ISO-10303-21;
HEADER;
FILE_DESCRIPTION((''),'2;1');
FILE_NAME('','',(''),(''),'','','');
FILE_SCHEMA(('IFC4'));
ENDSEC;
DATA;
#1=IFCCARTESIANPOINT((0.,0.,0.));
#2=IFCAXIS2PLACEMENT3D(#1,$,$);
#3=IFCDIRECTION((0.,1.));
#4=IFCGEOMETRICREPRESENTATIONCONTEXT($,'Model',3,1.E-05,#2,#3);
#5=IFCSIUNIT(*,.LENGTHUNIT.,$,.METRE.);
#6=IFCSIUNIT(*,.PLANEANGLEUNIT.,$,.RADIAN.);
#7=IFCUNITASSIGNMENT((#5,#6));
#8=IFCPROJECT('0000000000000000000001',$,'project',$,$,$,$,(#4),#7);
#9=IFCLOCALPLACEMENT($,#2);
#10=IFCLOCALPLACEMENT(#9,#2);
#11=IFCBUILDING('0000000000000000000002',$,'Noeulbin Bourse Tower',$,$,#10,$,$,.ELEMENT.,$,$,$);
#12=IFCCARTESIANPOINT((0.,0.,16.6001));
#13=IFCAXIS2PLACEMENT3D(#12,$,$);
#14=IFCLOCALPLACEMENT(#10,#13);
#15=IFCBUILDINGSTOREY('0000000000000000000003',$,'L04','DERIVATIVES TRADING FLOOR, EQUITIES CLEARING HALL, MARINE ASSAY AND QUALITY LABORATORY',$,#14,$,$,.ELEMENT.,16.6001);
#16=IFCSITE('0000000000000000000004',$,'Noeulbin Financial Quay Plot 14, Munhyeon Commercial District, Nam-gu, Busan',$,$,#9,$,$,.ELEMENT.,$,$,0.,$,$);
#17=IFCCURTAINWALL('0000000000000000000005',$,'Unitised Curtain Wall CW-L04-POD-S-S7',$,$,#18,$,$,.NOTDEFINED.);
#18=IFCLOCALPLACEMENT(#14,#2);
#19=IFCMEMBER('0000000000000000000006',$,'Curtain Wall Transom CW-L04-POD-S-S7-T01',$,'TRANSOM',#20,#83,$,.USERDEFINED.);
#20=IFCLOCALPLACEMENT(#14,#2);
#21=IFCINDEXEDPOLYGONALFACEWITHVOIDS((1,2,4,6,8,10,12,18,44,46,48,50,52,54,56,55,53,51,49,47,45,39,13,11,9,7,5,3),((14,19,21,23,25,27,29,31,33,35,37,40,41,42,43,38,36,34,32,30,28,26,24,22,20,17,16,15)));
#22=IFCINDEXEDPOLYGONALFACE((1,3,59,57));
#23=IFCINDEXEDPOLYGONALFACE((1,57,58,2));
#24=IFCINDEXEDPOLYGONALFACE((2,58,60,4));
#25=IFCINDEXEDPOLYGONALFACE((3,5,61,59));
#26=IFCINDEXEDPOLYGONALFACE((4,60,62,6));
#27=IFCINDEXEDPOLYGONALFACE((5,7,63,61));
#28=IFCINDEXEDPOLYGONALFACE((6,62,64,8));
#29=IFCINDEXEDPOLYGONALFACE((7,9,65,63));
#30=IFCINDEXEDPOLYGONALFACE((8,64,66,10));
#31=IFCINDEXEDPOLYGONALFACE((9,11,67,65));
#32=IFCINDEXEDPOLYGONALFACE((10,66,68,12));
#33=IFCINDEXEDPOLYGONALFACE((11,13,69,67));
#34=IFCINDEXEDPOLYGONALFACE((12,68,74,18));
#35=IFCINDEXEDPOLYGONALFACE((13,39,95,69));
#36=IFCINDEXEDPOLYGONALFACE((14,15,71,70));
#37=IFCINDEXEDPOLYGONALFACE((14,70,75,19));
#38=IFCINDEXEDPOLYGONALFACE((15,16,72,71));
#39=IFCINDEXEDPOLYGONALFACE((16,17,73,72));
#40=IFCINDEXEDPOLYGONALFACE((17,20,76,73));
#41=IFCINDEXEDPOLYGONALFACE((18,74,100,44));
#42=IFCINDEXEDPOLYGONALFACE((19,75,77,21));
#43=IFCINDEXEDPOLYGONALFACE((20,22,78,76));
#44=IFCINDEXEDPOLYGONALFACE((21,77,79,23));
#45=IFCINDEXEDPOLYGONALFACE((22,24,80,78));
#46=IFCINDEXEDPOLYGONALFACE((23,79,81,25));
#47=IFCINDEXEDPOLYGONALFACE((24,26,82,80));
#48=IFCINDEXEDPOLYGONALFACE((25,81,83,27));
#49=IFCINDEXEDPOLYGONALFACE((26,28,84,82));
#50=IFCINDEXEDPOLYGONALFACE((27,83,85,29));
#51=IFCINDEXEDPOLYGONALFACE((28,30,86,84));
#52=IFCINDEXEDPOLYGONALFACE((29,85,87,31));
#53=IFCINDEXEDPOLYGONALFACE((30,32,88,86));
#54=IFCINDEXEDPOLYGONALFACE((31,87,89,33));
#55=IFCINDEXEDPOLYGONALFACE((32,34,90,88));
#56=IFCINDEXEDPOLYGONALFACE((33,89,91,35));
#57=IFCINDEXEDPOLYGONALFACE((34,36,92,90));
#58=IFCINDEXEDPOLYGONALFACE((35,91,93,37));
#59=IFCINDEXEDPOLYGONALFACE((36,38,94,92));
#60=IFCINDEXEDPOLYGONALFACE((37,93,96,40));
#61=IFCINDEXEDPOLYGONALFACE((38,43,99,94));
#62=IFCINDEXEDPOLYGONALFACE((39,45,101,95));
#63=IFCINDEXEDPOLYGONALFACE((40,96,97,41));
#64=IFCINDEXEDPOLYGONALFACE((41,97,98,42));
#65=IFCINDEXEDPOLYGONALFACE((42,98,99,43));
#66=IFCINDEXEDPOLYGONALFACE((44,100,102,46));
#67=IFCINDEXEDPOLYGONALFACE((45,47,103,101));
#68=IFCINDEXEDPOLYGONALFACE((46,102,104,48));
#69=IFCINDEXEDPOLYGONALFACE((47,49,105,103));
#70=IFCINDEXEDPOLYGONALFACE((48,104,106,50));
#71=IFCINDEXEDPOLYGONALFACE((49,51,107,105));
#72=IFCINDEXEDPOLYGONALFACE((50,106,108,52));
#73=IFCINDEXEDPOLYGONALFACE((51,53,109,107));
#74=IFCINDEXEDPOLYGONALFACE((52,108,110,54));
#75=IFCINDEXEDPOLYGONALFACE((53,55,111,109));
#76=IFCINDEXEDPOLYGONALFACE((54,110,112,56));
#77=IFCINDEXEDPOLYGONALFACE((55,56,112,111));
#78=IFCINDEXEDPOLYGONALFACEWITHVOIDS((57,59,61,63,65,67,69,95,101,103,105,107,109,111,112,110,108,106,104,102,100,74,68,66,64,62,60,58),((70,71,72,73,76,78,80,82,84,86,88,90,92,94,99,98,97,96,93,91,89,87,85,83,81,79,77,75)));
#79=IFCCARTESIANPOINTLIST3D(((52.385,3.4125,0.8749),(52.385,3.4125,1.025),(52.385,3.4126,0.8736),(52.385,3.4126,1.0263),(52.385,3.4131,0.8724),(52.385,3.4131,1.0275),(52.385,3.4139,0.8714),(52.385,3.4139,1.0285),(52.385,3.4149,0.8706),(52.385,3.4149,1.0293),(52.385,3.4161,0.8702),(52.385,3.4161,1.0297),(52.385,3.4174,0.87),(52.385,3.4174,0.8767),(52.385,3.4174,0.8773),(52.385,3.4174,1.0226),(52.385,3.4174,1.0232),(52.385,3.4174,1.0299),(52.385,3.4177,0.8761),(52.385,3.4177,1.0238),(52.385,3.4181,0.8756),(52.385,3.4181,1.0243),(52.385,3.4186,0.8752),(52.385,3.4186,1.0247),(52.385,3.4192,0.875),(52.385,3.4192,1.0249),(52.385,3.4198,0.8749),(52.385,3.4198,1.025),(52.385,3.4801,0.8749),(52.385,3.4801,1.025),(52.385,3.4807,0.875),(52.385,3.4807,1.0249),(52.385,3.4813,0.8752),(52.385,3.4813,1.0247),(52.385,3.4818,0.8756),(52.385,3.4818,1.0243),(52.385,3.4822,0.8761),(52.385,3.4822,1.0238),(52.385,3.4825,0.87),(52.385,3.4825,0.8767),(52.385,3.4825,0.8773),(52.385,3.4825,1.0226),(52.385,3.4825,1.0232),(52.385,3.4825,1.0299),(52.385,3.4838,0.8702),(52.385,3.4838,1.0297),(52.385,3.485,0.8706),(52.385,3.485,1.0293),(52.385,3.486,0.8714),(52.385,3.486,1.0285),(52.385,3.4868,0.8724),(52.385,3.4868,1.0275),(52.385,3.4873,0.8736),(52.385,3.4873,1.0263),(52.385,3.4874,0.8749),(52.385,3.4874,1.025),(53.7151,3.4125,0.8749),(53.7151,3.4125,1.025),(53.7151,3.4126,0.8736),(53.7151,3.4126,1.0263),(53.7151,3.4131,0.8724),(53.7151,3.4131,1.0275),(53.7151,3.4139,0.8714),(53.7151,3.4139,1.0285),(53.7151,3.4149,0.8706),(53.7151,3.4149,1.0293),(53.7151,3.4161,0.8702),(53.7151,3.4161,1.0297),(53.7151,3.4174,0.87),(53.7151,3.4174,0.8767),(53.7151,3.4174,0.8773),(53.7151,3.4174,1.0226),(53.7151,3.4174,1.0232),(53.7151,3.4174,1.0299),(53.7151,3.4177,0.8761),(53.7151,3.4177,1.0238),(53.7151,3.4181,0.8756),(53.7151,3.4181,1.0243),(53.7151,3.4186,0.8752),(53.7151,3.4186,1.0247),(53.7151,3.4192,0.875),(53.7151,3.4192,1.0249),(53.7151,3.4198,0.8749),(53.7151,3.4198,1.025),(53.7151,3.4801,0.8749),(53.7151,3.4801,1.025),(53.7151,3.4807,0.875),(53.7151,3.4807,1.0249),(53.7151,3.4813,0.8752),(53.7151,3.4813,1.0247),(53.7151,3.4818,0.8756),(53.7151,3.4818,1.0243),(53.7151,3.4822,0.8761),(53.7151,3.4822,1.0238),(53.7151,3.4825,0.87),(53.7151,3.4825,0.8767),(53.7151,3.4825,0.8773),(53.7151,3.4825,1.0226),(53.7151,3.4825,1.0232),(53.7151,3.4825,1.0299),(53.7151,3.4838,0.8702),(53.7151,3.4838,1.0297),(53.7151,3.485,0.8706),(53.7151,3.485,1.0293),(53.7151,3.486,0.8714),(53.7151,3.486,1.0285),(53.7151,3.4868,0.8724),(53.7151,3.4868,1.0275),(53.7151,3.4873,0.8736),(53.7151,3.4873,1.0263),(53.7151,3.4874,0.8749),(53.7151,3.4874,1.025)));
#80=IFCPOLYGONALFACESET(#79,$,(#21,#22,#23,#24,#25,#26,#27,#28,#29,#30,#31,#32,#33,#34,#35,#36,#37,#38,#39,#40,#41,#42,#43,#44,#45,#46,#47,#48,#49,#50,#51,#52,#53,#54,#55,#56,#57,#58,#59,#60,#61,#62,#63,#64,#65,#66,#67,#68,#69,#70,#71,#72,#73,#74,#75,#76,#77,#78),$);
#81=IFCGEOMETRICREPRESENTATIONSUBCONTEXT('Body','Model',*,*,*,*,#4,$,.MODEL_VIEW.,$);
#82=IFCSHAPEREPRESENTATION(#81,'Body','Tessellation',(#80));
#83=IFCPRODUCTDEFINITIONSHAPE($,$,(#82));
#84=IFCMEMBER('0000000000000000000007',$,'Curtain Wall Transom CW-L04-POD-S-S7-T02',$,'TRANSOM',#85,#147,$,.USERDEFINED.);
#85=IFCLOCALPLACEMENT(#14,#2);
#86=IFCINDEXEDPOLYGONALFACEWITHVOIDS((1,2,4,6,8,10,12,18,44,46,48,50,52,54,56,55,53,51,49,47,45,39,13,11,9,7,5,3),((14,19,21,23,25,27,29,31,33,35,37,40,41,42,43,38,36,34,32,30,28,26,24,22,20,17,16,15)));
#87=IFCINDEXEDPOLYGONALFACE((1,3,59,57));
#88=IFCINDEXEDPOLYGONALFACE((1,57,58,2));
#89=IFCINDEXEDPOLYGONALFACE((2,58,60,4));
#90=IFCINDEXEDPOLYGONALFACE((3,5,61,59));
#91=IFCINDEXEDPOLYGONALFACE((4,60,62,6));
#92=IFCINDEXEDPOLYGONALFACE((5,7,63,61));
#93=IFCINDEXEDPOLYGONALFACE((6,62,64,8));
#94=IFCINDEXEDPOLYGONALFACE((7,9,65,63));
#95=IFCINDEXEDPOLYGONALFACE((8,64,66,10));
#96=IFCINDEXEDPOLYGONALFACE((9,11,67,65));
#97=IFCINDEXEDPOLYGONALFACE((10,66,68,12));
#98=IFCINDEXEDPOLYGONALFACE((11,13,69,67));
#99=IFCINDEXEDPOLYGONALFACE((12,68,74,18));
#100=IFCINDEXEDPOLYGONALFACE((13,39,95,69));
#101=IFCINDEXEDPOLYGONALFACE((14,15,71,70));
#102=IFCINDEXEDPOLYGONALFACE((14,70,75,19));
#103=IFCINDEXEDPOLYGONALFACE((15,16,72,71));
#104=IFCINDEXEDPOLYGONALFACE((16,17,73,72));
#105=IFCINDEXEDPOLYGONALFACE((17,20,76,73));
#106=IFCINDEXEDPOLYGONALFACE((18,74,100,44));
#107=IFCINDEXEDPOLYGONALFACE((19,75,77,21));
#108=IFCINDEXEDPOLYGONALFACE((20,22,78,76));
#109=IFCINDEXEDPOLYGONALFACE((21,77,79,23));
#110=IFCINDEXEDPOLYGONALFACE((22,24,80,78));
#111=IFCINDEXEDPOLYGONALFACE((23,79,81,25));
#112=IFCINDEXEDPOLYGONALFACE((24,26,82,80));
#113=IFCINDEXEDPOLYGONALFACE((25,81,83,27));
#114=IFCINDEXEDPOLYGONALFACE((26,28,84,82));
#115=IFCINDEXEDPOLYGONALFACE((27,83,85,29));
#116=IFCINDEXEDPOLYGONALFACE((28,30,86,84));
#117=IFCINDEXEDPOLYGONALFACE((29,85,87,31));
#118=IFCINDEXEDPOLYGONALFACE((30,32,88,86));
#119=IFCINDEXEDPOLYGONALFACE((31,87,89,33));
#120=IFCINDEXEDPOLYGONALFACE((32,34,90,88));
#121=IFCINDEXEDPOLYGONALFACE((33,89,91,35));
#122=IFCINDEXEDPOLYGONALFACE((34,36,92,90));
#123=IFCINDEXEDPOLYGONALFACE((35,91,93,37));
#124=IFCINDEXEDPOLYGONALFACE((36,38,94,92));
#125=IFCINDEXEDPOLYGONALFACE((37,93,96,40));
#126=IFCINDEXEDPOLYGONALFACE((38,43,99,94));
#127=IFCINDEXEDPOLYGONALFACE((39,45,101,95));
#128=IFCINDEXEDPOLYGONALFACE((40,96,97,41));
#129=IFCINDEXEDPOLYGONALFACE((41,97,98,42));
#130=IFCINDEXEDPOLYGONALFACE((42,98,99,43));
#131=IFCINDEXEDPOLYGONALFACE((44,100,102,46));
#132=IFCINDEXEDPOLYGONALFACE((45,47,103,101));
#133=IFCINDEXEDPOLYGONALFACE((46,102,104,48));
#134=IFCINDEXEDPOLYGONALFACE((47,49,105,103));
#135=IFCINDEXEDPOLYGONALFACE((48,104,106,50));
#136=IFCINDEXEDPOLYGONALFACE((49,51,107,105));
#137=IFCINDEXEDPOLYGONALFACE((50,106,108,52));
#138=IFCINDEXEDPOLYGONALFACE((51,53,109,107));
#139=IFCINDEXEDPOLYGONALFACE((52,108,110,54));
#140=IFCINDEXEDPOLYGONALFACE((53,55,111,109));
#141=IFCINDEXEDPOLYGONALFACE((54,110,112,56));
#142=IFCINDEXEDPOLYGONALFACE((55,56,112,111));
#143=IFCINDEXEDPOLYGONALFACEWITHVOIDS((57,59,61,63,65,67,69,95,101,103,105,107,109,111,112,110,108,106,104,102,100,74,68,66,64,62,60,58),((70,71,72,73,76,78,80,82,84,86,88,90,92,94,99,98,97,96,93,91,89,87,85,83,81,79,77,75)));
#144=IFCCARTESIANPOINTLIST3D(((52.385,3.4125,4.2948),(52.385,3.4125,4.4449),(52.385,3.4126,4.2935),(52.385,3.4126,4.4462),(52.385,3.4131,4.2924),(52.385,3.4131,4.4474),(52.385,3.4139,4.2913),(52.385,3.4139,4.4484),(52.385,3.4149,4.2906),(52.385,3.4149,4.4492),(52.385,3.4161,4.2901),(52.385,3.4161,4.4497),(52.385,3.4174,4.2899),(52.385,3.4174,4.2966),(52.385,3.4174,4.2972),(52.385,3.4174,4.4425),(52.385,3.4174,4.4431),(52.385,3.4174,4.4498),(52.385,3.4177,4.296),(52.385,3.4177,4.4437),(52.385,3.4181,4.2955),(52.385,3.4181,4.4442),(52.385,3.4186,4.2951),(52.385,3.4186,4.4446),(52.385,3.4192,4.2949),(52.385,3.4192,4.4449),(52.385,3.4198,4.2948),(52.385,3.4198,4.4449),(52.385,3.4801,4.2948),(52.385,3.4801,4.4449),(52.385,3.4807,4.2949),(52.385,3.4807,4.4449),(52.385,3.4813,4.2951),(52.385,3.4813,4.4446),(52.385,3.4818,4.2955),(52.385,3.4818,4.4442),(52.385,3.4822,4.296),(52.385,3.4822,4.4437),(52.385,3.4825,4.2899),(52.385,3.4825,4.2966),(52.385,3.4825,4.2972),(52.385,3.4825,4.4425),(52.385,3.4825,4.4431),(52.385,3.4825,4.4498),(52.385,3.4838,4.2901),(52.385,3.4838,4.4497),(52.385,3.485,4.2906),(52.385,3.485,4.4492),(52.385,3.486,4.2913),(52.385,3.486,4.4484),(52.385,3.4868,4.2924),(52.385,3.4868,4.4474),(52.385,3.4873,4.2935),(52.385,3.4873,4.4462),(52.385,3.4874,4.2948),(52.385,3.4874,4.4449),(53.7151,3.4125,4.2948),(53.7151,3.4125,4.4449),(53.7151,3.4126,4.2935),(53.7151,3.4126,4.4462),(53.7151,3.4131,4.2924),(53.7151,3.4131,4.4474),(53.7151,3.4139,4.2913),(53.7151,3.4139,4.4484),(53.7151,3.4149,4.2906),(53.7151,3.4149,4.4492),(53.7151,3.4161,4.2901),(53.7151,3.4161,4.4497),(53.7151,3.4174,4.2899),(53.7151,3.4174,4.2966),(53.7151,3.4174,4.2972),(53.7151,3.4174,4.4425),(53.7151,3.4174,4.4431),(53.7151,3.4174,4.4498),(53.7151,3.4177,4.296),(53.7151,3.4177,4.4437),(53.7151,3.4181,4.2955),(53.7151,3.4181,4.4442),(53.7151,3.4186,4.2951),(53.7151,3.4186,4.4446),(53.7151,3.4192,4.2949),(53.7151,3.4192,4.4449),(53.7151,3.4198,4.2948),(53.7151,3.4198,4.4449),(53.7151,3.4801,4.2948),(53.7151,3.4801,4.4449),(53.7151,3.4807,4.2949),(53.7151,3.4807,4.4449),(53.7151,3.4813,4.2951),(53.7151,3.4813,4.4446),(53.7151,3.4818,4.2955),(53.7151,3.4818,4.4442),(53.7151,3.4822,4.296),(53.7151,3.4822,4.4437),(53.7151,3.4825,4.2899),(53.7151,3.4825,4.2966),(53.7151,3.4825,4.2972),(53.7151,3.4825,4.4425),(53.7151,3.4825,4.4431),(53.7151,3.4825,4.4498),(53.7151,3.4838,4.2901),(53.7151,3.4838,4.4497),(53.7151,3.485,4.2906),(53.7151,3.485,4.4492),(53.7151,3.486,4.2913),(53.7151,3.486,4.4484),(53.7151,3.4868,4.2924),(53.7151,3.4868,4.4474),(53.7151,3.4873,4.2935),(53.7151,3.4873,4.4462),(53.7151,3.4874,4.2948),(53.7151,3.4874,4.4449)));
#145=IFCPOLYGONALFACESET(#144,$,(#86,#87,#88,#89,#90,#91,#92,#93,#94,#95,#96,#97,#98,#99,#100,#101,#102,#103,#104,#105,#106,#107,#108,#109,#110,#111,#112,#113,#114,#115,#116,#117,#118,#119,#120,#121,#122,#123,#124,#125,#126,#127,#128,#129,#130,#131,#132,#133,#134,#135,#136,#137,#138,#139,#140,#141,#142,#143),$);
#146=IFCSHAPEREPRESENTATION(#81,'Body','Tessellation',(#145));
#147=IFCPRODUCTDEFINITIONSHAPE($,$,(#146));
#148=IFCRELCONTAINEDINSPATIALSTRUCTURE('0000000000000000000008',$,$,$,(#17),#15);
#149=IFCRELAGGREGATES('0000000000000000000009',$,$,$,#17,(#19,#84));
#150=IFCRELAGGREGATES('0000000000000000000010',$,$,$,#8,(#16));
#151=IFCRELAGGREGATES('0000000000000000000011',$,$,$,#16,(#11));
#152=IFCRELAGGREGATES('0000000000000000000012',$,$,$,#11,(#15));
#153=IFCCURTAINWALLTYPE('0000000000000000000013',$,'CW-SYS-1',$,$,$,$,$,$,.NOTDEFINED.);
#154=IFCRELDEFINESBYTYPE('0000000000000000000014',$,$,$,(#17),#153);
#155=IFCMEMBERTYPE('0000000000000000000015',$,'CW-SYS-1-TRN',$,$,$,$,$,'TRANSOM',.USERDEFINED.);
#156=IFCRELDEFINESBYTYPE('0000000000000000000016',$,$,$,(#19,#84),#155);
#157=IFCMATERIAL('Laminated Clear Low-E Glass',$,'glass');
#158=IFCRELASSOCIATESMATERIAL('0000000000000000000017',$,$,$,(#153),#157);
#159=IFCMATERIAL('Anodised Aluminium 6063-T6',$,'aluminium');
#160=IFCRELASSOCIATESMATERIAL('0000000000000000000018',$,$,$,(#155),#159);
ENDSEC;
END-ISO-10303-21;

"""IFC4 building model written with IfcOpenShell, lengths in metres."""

from ifc_helpers import new_model, si_unit, direction, frame, origin, origin_2d, place, context, subcontext, project, spatial, hollow_rectangle, extrude, material, material_profile, profile_set, type_object, element, aggregate, save


model = new_model("IFC4")

# Units and contexts
model_context = context("Model", 3, precision=1e-05, world=origin(), true_north=direction((0.0, 1.0)))
body_context = subcontext(model_context, "Body", "Model", "MODEL_VIEW")
ifc_project = project(units=[si_unit("LENGTHUNIT", "METRE"), si_unit("PLANEANGLEUNIT", "RADIAN")], contexts=[model_context])

# Site, building, storey
site_placement = place(None, origin())
site = spatial("IfcSite", under=ifc_project, at=site_placement, Name="Noeulbin Financial Quay Plot 14, Munhyeon Commercial District, Nam-gu, Busan", CompositionType="ELEMENT", RefElevation=0.0)
building_placement = place(site_placement, origin())
building = spatial("IfcBuilding", under=site, at=building_placement, Name="Noeulbin Bourse Tower", CompositionType="ELEMENT")
storey_placement = place(building_placement, frame((0.0, 0.0, 16.6001)))
storey = spatial("IfcBuildingStorey", under=building, at=storey_placement, Name="L04", Description="DERIVATIVES TRADING FLOOR, EQUITIES CLEARING HALL, MARINE ASSAY AND QUALITY LABORATORY", CompositionType="ELEMENT", Elevation=16.6001)

# Shared definitions
ifc_material_1 = material(Name="Laminated Clear Low-E Glass", Category="glass")
curtain_wall_type = type_object("IfcCurtainWallType", Name="CW-SYS-1", PredefinedType="NOTDEFINED", material=ifc_material_1)
ifc_material_2 = material(Name="Anodised Aluminium 6063-T6", Category="aluminium")

# Curtain wall
curtain_wall_1_placement = place(storey_placement, origin())
curtain_wall_1 = element("IfcCurtainWall", 1, at=curtain_wall_1_placement, inside=storey, type_object=curtain_wall_type, Name="Unitised Curtain Wall CW-L04-POD-S-S7", PredefinedType="NOTDEFINED")

# Members
ifc_material_profile_1 = material_profile(ifc_material_2, hollow_rectangle(XDim=0.075, YDim=0.1599, WallThickness=0.0049, InnerFilletRadius=0.0024, OuterFilletRadius=0.0049, at=origin_2d()), Name="ALU-TRAN-75x160x5", Category="LoadBearing")
ifc_profile_set_1 = profile_set([ifc_material_profile_1], Name="Anodised Aluminium 6063-T6")
member_type_1 = type_object("IfcMemberType", Name="CW-SYS-1-TRN", ElementType="TRANSOM", PredefinedType="USERDEFINED", material=ifc_profile_set_1)
member_1_placement = place(storey_placement, frame((52.385, 3.45, 0.95), z_axis=(1.0, 0.0, 0.0), x_axis=(0.0, 1.0, 0.0)))
member_1 = element("IfcMember", 2, at=member_1_placement, type_object=member_type_1, Name="Curtain Wall Transom CW-L04-POD-S-S7-T01", ObjectType="TRANSOM", PredefinedType="USERDEFINED", context=body_context, shape_type="SweptSolid", body=[
    extrude(hollow_rectangle(XDim=0.075, YDim=0.1599, WallThickness=0.0049, InnerFilletRadius=0.0024, OuterFilletRadius=0.0049, at=origin_2d()), origin(), (0.0, 0.0, 1.0), 1.3301),
])
member_2_placement = place(storey_placement, frame((52.385, 3.45, 4.3699), z_axis=(1.0, 0.0, 0.0), x_axis=(0.0, 1.0, 0.0)))
member_2 = element("IfcMember", 3, at=member_2_placement, type_object=member_type_1, Name="Curtain Wall Transom CW-L04-POD-S-S7-T02", ObjectType="TRANSOM", PredefinedType="USERDEFINED", context=body_context, shape_type="SweptSolid", body=[
    extrude(hollow_rectangle(XDim=0.075, YDim=0.1599, WallThickness=0.0049, InnerFilletRadius=0.0024, OuterFilletRadius=0.0049, at=origin_2d()), origin(), (0.0, 0.0, 1.0), 1.3301),
])

aggregate(curtain_wall_1, [member_1, member_2])

save(model, "model.ifc")
